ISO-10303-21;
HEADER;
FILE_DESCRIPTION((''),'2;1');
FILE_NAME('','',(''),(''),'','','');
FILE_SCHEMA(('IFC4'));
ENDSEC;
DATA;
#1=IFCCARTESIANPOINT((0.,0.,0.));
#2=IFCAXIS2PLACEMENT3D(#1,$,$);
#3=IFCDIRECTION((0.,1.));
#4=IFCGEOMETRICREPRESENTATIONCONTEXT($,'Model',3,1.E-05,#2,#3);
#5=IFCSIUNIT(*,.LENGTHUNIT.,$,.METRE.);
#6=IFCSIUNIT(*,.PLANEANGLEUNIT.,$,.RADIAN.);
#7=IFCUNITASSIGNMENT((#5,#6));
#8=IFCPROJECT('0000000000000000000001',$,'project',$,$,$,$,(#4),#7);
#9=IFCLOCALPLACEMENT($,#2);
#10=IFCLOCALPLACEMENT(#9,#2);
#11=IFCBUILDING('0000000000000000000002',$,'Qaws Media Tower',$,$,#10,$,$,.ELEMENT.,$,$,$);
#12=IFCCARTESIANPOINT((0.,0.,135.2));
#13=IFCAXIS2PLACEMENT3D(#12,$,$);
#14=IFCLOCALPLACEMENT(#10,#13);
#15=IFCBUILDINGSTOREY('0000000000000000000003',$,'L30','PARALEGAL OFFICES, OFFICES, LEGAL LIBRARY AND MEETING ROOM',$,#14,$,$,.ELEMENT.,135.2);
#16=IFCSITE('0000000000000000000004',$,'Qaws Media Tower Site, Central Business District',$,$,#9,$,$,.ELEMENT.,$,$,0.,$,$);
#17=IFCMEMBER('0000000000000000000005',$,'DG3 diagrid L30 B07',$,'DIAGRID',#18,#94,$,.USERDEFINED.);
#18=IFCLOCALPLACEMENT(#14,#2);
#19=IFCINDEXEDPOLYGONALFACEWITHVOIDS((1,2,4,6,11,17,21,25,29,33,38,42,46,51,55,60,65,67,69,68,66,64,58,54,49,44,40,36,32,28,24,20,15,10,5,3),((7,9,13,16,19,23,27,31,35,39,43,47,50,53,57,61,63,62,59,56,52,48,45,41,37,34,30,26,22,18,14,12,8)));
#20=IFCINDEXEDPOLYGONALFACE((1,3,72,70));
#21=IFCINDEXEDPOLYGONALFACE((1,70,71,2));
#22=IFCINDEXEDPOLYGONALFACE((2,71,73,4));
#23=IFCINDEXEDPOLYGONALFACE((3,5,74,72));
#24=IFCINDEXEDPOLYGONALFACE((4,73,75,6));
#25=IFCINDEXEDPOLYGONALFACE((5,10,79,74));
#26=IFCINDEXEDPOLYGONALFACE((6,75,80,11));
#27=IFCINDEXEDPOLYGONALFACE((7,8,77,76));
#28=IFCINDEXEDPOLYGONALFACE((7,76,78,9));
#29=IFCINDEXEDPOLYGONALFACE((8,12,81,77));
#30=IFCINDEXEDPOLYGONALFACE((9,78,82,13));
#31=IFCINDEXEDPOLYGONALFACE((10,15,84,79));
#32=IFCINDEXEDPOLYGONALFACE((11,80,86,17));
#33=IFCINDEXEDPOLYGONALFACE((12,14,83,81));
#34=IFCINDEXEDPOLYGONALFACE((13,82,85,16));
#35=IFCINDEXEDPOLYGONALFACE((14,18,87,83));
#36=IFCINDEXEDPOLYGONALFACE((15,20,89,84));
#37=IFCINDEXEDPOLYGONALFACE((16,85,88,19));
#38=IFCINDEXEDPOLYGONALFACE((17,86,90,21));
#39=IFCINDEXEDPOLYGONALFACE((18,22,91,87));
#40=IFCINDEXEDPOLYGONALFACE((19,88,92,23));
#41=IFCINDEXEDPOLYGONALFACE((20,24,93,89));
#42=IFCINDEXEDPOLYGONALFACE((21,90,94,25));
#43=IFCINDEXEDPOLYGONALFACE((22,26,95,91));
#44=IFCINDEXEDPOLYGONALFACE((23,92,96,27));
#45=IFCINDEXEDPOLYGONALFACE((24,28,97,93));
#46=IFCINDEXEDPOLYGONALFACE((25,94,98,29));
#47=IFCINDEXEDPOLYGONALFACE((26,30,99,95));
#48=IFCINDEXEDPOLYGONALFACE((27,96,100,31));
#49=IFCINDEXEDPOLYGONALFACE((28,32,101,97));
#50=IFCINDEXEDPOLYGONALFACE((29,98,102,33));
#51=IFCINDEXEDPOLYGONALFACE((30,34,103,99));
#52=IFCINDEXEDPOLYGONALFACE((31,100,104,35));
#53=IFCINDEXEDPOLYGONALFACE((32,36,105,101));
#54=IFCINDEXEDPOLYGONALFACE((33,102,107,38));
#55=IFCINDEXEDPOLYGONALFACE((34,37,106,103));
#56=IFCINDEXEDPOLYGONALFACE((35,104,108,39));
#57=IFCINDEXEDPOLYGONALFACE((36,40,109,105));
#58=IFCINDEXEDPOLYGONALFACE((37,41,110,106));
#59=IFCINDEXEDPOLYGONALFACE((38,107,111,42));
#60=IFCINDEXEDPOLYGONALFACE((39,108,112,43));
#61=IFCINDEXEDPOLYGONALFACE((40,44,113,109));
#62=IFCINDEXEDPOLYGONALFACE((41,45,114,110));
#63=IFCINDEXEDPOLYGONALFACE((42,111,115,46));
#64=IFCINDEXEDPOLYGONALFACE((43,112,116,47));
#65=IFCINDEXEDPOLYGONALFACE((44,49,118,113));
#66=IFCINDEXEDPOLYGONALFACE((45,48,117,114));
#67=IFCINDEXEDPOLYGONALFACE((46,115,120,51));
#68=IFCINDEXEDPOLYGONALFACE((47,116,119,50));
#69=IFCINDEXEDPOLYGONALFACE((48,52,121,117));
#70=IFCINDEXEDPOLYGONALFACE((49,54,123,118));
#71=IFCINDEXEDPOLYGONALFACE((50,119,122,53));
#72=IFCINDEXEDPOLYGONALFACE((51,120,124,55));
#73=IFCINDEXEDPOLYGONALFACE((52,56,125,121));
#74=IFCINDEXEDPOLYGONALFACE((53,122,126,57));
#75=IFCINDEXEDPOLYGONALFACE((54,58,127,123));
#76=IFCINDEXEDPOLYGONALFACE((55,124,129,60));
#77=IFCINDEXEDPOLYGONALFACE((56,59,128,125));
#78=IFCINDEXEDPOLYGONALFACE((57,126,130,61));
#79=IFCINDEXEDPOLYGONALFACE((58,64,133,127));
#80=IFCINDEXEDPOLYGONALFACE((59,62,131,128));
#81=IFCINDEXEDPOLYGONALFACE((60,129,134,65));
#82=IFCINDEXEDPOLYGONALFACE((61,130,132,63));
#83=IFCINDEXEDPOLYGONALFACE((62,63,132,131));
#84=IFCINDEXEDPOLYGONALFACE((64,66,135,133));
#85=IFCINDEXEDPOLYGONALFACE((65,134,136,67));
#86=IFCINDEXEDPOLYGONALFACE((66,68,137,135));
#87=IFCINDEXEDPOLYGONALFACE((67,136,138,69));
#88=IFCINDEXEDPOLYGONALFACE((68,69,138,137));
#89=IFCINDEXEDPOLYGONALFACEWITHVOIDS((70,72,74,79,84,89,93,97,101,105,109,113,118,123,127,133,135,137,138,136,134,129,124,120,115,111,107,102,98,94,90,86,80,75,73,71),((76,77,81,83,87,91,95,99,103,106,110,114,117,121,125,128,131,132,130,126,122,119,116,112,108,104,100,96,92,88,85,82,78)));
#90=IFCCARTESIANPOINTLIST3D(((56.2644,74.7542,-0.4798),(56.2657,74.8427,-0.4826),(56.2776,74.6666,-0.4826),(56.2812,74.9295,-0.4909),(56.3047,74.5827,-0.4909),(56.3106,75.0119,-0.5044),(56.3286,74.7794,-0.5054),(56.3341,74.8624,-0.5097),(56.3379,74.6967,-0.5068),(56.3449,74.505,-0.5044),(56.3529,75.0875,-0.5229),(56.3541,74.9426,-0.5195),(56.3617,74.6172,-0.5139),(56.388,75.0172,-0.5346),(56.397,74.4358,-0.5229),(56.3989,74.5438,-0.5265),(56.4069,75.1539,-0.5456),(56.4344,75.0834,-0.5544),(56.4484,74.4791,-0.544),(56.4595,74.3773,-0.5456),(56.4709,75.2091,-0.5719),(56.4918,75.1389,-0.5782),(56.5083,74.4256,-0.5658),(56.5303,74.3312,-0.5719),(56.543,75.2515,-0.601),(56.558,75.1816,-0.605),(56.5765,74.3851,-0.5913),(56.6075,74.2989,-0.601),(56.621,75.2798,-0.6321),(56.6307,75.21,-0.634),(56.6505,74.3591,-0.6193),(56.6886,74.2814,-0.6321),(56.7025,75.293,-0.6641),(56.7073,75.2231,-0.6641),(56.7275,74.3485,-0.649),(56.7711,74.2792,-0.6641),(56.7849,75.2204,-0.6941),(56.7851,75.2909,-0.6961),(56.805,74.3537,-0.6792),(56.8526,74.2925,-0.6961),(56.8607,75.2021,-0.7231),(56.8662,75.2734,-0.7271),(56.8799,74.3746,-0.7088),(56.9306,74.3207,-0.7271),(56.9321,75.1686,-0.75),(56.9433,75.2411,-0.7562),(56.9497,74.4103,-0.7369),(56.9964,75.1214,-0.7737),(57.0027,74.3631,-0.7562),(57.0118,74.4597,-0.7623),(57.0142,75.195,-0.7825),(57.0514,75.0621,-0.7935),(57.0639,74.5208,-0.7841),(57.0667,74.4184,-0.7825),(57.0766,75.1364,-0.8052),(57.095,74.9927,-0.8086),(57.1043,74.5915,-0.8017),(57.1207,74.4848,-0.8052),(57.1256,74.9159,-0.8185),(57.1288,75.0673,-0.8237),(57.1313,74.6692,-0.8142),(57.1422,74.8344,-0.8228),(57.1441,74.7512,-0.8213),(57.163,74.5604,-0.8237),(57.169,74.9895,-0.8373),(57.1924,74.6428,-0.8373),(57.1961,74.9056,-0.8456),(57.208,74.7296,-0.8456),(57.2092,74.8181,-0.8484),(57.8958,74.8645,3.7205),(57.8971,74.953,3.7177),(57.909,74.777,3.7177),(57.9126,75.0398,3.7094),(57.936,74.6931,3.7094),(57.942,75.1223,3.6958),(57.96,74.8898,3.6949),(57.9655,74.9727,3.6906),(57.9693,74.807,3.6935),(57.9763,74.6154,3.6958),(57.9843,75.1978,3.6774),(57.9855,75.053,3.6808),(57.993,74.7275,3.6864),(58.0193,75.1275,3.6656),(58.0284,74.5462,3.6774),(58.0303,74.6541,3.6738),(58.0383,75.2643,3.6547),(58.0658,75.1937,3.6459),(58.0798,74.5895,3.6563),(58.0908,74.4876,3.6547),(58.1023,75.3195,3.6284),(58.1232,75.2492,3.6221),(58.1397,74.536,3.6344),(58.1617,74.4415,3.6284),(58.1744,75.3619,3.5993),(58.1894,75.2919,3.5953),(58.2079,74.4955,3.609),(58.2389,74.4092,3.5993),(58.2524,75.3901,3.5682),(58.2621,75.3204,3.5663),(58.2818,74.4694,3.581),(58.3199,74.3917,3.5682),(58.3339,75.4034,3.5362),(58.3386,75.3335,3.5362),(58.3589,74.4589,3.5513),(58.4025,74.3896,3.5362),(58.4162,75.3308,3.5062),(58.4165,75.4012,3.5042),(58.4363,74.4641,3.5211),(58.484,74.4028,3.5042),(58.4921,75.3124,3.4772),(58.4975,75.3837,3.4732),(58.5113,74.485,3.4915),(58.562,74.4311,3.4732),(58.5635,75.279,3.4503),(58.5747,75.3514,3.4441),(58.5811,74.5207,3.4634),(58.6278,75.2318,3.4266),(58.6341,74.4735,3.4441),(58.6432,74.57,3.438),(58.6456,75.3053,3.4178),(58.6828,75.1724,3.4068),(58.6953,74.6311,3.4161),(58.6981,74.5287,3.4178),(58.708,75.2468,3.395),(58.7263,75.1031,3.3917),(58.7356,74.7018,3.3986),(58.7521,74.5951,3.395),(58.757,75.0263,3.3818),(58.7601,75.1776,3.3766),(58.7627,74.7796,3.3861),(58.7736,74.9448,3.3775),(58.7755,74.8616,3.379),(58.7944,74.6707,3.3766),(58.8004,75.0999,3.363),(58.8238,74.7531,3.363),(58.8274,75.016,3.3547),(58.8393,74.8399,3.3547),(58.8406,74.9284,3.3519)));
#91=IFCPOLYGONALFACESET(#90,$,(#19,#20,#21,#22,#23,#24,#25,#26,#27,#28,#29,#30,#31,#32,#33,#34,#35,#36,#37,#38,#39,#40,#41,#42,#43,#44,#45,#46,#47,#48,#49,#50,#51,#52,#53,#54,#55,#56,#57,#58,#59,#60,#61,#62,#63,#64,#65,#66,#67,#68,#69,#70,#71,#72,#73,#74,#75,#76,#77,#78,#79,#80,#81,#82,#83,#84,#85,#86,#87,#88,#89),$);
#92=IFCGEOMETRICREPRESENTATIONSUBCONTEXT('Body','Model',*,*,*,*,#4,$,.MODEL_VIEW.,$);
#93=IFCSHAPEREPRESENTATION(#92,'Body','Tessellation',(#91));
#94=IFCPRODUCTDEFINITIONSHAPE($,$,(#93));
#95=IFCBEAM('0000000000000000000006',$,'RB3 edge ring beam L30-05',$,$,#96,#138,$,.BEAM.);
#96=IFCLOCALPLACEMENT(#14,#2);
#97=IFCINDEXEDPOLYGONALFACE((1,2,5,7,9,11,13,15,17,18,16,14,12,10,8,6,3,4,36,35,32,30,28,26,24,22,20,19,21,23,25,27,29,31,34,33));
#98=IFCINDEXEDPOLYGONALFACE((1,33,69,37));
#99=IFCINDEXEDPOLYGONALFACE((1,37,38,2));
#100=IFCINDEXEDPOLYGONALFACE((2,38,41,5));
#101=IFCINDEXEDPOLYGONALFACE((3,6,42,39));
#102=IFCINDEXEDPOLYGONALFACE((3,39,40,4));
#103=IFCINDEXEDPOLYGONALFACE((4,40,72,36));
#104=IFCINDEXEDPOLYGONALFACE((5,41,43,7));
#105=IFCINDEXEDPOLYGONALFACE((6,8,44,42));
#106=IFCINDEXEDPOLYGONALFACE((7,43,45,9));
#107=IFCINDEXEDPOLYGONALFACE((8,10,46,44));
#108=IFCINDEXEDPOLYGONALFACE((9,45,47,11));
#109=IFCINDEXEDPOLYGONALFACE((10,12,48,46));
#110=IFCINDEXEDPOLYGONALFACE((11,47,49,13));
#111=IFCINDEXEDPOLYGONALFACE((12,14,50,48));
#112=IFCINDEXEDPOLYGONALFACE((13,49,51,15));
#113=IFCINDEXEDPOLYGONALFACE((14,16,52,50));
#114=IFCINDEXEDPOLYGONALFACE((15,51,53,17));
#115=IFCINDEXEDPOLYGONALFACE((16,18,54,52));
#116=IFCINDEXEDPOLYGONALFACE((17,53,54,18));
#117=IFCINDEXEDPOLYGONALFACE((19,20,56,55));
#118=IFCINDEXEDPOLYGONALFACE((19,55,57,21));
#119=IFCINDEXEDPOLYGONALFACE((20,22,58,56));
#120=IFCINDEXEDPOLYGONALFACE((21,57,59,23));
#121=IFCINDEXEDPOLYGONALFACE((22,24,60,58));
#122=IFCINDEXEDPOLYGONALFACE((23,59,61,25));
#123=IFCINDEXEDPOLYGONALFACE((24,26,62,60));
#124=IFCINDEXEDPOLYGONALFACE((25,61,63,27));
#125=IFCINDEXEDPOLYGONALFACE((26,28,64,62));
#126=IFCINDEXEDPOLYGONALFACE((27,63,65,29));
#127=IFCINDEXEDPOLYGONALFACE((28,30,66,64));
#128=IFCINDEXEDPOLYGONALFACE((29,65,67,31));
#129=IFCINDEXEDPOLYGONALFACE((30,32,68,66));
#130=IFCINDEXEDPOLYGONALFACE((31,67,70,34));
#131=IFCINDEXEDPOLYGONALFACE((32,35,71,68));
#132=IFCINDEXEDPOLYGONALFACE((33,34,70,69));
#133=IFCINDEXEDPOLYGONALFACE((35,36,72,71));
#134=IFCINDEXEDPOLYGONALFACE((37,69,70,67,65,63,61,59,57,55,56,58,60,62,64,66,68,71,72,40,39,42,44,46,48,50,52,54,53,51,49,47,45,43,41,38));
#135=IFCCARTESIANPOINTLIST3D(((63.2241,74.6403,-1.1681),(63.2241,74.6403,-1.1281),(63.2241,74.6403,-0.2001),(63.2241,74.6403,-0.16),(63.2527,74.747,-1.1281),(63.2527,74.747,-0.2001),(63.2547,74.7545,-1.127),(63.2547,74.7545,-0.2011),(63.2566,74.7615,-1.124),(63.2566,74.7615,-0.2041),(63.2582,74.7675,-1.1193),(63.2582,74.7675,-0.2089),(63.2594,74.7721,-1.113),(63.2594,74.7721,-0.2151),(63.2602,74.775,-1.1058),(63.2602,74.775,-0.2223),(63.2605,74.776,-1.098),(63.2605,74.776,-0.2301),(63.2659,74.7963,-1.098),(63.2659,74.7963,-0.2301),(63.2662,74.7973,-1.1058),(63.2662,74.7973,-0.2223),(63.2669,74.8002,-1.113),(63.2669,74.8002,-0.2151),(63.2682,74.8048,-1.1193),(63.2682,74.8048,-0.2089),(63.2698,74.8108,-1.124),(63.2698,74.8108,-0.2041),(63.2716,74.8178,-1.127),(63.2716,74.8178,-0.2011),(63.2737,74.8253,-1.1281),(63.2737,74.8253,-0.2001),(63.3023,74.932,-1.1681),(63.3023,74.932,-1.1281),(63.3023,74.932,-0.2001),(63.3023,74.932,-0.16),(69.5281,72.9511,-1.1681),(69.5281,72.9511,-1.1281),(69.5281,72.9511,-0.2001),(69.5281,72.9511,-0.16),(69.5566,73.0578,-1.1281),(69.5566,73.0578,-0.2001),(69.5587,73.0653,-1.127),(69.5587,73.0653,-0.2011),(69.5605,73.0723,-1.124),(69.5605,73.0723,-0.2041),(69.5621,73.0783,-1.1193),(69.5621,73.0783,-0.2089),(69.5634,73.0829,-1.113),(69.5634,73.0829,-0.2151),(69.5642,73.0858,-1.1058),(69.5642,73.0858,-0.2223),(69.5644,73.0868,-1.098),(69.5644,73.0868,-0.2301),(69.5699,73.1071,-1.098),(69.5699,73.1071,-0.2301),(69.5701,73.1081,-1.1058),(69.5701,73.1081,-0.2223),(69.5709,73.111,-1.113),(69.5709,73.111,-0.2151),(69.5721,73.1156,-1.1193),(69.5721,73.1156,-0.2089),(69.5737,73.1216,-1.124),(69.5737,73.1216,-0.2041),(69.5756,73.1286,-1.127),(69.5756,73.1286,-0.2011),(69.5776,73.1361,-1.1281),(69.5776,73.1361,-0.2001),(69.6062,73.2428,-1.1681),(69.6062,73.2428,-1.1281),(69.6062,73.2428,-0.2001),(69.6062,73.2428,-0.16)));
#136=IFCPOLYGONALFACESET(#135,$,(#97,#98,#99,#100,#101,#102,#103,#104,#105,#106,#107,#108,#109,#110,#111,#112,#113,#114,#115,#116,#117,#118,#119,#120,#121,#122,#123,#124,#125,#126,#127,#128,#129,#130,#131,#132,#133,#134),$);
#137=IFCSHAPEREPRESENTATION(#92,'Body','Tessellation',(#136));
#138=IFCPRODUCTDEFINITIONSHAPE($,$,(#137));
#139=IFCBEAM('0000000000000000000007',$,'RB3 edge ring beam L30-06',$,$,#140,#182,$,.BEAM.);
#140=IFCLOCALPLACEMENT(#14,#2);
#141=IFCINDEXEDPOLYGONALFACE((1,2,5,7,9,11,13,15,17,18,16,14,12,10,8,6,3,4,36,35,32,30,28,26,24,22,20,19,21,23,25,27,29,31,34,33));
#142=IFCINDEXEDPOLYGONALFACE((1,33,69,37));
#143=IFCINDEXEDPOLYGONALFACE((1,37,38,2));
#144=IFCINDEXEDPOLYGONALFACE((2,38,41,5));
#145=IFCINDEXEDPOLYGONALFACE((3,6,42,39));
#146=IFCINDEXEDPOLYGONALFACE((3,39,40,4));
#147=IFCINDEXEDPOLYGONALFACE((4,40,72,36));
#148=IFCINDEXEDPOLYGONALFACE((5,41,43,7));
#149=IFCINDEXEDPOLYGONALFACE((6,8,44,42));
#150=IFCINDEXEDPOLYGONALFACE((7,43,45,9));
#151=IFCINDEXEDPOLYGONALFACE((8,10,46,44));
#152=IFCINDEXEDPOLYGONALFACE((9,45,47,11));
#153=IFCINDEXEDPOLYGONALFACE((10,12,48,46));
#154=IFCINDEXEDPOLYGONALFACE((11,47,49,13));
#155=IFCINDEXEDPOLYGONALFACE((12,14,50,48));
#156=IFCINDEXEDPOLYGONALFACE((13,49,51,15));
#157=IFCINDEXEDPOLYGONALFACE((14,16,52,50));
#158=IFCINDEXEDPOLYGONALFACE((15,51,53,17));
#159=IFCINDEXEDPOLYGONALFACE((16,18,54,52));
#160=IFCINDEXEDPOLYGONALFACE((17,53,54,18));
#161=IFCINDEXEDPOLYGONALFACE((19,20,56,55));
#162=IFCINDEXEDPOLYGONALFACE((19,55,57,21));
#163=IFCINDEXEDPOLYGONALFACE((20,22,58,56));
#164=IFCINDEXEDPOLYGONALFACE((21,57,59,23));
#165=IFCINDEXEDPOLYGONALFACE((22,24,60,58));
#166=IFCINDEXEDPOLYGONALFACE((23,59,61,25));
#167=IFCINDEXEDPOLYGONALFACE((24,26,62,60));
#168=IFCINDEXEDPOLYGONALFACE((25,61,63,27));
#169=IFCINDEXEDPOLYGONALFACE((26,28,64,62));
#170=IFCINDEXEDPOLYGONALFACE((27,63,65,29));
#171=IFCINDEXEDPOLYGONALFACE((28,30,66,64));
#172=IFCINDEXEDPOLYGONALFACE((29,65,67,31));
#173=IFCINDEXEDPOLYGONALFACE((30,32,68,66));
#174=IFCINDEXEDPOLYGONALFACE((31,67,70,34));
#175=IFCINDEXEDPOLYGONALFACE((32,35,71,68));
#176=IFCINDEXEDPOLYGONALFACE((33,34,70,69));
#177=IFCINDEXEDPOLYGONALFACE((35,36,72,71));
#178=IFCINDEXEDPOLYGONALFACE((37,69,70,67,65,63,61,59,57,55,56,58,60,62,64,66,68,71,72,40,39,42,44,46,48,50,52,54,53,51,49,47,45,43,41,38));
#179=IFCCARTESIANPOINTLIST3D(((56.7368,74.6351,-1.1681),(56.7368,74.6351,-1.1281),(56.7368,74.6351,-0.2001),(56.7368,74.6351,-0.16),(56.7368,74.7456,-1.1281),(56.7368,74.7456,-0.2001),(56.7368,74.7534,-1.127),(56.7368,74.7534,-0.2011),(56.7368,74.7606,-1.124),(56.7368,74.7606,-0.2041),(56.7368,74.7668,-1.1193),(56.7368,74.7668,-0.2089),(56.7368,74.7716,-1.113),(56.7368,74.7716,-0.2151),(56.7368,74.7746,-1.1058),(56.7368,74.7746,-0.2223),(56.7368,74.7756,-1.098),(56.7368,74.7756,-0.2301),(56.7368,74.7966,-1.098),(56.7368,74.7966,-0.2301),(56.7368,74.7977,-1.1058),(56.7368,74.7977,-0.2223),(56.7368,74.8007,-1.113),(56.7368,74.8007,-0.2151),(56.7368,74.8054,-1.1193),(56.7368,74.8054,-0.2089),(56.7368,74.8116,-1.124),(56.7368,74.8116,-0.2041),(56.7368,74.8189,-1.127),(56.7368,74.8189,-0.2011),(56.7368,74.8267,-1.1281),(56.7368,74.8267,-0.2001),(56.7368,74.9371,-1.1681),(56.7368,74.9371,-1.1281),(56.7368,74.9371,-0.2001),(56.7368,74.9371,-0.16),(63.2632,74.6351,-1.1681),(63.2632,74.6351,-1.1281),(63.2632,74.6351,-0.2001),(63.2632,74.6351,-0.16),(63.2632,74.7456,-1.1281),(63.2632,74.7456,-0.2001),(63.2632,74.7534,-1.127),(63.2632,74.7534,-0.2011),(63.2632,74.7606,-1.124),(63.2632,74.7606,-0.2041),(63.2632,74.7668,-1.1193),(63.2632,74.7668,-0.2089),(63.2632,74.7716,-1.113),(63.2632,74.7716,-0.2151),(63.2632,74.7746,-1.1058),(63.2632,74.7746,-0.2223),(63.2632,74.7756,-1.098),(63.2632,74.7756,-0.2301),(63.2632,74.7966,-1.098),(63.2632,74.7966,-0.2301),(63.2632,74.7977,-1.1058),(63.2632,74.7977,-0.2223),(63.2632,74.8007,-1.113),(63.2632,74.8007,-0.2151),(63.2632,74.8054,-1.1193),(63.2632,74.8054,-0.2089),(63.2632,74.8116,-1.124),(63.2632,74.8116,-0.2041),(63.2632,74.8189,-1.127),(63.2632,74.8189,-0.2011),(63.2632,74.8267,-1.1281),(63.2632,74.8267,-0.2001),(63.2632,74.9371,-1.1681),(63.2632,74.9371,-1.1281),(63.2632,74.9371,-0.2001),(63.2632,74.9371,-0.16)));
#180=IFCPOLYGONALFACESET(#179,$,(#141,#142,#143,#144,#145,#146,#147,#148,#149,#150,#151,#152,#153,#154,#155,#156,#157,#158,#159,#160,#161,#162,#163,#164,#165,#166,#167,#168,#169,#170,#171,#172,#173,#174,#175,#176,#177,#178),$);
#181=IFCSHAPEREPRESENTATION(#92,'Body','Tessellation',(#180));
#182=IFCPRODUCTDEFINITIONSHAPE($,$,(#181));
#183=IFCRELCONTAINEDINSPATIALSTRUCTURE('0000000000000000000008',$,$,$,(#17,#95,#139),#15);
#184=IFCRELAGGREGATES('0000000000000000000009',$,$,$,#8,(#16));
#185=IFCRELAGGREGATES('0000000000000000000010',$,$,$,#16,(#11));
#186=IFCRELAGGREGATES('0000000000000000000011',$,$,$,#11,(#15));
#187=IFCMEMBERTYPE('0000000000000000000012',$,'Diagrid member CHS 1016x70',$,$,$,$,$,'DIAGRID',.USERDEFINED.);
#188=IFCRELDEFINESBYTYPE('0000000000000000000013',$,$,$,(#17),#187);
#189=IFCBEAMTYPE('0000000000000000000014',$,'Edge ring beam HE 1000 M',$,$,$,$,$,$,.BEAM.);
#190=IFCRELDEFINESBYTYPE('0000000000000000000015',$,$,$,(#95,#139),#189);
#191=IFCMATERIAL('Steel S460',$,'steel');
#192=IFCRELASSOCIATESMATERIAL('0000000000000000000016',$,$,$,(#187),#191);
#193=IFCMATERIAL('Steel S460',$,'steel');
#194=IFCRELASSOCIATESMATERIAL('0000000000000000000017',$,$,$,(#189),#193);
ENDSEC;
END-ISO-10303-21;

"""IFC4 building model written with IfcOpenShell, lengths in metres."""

from ifc_helpers import new_model, si_unit, direction, frame, origin, origin_2d, place, context, subcontext, project, spatial, hollow_circle, i_section, extrude, material, material_profile, profile_set, type_object, element, save


model = new_model("IFC4")

# Units and contexts
model_context = context("Model", 3, precision=1e-05, world=origin(), true_north=direction((0.0, 1.0)))
body_context = subcontext(model_context, "Body", "Model", "MODEL_VIEW")
ifc_project = project(units=[si_unit("LENGTHUNIT", "METRE"), si_unit("PLANEANGLEUNIT", "RADIAN")], contexts=[model_context])

# Site, building, storey
site_placement = place(None, origin())
site = spatial("IfcSite", under=ifc_project, at=site_placement, Name="Qaws Media Tower Site, Central Business District", CompositionType="ELEMENT", RefElevation=0.0)
building_placement = place(site_placement, origin())
building = spatial("IfcBuilding", under=site, at=building_placement, Name="Qaws Media Tower", CompositionType="ELEMENT")
storey_placement = place(building_placement, frame((0.0, 0.0, 135.2)))
storey = spatial("IfcBuildingStorey", under=building, at=storey_placement, Name="L30", Description="PARALEGAL OFFICES, OFFICES, LEGAL LIBRARY AND MEETING ROOM", CompositionType="ELEMENT", Elevation=135.2)

# Member
ifc_material_1 = material(Name="Steel S460", Category="steel")
ifc_material_profile_1 = material_profile(ifc_material_1, hollow_circle(Radius=0.5081, WallThickness=0.0701, at=origin_2d()), Name="CHS 1016x70")
ifc_profile_set_1 = profile_set([ifc_material_profile_1], Name="Steel S460")
member_type_1 = type_object("IfcMemberType", Name="Diagrid member CHS 1016x70", ElementType="DIAGRID", PredefinedType="USERDEFINED", material=ifc_profile_set_1)
member_1_placement = place(storey_placement, frame((56.7368, 74.7861, -0.6641), z_axis=(0.36194, 0.024483, 0.93188), x_axis=(-0.06749, 0.99772, 0.0)))
element("IfcMember", 1, at=member_1_placement, inside=storey, type_object=member_type_1, Name="DG3 diagrid L30 B07", ObjectType="DIAGRID", PredefinedType="USERDEFINED", context=body_context, shape_type="SweptSolid", body=[
    extrude(hollow_circle(Radius=0.5081, WallThickness=0.0701, at=origin_2d()), origin(), (0.0, 0.0, 1.0), 4.5073),
])

# Beams
ifc_material_2 = material(Name="Steel S460", Category="steel")
ifc_material_profile_2 = material_profile(ifc_material_2, i_section(OverallWidth=0.302, OverallDepth=1.0081, WebThickness=0.021, FlangeThickness=0.04, FilletRadius=0.03, at=origin_2d()), Name="HE 1000 M")
ifc_profile_set_2 = profile_set([ifc_material_profile_2], Name="Steel S460")
beam_type_1 = type_object("IfcBeamType", Name="Edge ring beam HE 1000 M", PredefinedType="BEAM", material=ifc_profile_set_2)
for number, where, z_axis, x_axis, name in (
    (2, (69.5671, 73.0969, -0.6641), (-0.965923, 0.258829, 0.0), (-0.258829, -0.965923, 0.0), "RB3 edge ring beam L30-05"),
    (3, (63.2632, 74.7861, -0.6641), (-1.0, 0.0, 0.0), (0.0, -1.0, 0.0), "RB3 edge ring beam L30-06"),
):
    element("IfcBeam", number, at=place(storey_placement, frame(where, z_axis=z_axis, x_axis=x_axis)), inside=storey, type_object=beam_type_1, Name=name, PredefinedType="BEAM", context=body_context, shape_type="SweptSolid", body=[
        extrude(i_section(OverallWidth=0.302, OverallDepth=1.0081, WebThickness=0.021, FlangeThickness=0.04, FilletRadius=0.03, at=origin_2d()), origin(), (0.0, 0.0, 1.0), 6.5264),
    ])

save(model, "model.ifc")
